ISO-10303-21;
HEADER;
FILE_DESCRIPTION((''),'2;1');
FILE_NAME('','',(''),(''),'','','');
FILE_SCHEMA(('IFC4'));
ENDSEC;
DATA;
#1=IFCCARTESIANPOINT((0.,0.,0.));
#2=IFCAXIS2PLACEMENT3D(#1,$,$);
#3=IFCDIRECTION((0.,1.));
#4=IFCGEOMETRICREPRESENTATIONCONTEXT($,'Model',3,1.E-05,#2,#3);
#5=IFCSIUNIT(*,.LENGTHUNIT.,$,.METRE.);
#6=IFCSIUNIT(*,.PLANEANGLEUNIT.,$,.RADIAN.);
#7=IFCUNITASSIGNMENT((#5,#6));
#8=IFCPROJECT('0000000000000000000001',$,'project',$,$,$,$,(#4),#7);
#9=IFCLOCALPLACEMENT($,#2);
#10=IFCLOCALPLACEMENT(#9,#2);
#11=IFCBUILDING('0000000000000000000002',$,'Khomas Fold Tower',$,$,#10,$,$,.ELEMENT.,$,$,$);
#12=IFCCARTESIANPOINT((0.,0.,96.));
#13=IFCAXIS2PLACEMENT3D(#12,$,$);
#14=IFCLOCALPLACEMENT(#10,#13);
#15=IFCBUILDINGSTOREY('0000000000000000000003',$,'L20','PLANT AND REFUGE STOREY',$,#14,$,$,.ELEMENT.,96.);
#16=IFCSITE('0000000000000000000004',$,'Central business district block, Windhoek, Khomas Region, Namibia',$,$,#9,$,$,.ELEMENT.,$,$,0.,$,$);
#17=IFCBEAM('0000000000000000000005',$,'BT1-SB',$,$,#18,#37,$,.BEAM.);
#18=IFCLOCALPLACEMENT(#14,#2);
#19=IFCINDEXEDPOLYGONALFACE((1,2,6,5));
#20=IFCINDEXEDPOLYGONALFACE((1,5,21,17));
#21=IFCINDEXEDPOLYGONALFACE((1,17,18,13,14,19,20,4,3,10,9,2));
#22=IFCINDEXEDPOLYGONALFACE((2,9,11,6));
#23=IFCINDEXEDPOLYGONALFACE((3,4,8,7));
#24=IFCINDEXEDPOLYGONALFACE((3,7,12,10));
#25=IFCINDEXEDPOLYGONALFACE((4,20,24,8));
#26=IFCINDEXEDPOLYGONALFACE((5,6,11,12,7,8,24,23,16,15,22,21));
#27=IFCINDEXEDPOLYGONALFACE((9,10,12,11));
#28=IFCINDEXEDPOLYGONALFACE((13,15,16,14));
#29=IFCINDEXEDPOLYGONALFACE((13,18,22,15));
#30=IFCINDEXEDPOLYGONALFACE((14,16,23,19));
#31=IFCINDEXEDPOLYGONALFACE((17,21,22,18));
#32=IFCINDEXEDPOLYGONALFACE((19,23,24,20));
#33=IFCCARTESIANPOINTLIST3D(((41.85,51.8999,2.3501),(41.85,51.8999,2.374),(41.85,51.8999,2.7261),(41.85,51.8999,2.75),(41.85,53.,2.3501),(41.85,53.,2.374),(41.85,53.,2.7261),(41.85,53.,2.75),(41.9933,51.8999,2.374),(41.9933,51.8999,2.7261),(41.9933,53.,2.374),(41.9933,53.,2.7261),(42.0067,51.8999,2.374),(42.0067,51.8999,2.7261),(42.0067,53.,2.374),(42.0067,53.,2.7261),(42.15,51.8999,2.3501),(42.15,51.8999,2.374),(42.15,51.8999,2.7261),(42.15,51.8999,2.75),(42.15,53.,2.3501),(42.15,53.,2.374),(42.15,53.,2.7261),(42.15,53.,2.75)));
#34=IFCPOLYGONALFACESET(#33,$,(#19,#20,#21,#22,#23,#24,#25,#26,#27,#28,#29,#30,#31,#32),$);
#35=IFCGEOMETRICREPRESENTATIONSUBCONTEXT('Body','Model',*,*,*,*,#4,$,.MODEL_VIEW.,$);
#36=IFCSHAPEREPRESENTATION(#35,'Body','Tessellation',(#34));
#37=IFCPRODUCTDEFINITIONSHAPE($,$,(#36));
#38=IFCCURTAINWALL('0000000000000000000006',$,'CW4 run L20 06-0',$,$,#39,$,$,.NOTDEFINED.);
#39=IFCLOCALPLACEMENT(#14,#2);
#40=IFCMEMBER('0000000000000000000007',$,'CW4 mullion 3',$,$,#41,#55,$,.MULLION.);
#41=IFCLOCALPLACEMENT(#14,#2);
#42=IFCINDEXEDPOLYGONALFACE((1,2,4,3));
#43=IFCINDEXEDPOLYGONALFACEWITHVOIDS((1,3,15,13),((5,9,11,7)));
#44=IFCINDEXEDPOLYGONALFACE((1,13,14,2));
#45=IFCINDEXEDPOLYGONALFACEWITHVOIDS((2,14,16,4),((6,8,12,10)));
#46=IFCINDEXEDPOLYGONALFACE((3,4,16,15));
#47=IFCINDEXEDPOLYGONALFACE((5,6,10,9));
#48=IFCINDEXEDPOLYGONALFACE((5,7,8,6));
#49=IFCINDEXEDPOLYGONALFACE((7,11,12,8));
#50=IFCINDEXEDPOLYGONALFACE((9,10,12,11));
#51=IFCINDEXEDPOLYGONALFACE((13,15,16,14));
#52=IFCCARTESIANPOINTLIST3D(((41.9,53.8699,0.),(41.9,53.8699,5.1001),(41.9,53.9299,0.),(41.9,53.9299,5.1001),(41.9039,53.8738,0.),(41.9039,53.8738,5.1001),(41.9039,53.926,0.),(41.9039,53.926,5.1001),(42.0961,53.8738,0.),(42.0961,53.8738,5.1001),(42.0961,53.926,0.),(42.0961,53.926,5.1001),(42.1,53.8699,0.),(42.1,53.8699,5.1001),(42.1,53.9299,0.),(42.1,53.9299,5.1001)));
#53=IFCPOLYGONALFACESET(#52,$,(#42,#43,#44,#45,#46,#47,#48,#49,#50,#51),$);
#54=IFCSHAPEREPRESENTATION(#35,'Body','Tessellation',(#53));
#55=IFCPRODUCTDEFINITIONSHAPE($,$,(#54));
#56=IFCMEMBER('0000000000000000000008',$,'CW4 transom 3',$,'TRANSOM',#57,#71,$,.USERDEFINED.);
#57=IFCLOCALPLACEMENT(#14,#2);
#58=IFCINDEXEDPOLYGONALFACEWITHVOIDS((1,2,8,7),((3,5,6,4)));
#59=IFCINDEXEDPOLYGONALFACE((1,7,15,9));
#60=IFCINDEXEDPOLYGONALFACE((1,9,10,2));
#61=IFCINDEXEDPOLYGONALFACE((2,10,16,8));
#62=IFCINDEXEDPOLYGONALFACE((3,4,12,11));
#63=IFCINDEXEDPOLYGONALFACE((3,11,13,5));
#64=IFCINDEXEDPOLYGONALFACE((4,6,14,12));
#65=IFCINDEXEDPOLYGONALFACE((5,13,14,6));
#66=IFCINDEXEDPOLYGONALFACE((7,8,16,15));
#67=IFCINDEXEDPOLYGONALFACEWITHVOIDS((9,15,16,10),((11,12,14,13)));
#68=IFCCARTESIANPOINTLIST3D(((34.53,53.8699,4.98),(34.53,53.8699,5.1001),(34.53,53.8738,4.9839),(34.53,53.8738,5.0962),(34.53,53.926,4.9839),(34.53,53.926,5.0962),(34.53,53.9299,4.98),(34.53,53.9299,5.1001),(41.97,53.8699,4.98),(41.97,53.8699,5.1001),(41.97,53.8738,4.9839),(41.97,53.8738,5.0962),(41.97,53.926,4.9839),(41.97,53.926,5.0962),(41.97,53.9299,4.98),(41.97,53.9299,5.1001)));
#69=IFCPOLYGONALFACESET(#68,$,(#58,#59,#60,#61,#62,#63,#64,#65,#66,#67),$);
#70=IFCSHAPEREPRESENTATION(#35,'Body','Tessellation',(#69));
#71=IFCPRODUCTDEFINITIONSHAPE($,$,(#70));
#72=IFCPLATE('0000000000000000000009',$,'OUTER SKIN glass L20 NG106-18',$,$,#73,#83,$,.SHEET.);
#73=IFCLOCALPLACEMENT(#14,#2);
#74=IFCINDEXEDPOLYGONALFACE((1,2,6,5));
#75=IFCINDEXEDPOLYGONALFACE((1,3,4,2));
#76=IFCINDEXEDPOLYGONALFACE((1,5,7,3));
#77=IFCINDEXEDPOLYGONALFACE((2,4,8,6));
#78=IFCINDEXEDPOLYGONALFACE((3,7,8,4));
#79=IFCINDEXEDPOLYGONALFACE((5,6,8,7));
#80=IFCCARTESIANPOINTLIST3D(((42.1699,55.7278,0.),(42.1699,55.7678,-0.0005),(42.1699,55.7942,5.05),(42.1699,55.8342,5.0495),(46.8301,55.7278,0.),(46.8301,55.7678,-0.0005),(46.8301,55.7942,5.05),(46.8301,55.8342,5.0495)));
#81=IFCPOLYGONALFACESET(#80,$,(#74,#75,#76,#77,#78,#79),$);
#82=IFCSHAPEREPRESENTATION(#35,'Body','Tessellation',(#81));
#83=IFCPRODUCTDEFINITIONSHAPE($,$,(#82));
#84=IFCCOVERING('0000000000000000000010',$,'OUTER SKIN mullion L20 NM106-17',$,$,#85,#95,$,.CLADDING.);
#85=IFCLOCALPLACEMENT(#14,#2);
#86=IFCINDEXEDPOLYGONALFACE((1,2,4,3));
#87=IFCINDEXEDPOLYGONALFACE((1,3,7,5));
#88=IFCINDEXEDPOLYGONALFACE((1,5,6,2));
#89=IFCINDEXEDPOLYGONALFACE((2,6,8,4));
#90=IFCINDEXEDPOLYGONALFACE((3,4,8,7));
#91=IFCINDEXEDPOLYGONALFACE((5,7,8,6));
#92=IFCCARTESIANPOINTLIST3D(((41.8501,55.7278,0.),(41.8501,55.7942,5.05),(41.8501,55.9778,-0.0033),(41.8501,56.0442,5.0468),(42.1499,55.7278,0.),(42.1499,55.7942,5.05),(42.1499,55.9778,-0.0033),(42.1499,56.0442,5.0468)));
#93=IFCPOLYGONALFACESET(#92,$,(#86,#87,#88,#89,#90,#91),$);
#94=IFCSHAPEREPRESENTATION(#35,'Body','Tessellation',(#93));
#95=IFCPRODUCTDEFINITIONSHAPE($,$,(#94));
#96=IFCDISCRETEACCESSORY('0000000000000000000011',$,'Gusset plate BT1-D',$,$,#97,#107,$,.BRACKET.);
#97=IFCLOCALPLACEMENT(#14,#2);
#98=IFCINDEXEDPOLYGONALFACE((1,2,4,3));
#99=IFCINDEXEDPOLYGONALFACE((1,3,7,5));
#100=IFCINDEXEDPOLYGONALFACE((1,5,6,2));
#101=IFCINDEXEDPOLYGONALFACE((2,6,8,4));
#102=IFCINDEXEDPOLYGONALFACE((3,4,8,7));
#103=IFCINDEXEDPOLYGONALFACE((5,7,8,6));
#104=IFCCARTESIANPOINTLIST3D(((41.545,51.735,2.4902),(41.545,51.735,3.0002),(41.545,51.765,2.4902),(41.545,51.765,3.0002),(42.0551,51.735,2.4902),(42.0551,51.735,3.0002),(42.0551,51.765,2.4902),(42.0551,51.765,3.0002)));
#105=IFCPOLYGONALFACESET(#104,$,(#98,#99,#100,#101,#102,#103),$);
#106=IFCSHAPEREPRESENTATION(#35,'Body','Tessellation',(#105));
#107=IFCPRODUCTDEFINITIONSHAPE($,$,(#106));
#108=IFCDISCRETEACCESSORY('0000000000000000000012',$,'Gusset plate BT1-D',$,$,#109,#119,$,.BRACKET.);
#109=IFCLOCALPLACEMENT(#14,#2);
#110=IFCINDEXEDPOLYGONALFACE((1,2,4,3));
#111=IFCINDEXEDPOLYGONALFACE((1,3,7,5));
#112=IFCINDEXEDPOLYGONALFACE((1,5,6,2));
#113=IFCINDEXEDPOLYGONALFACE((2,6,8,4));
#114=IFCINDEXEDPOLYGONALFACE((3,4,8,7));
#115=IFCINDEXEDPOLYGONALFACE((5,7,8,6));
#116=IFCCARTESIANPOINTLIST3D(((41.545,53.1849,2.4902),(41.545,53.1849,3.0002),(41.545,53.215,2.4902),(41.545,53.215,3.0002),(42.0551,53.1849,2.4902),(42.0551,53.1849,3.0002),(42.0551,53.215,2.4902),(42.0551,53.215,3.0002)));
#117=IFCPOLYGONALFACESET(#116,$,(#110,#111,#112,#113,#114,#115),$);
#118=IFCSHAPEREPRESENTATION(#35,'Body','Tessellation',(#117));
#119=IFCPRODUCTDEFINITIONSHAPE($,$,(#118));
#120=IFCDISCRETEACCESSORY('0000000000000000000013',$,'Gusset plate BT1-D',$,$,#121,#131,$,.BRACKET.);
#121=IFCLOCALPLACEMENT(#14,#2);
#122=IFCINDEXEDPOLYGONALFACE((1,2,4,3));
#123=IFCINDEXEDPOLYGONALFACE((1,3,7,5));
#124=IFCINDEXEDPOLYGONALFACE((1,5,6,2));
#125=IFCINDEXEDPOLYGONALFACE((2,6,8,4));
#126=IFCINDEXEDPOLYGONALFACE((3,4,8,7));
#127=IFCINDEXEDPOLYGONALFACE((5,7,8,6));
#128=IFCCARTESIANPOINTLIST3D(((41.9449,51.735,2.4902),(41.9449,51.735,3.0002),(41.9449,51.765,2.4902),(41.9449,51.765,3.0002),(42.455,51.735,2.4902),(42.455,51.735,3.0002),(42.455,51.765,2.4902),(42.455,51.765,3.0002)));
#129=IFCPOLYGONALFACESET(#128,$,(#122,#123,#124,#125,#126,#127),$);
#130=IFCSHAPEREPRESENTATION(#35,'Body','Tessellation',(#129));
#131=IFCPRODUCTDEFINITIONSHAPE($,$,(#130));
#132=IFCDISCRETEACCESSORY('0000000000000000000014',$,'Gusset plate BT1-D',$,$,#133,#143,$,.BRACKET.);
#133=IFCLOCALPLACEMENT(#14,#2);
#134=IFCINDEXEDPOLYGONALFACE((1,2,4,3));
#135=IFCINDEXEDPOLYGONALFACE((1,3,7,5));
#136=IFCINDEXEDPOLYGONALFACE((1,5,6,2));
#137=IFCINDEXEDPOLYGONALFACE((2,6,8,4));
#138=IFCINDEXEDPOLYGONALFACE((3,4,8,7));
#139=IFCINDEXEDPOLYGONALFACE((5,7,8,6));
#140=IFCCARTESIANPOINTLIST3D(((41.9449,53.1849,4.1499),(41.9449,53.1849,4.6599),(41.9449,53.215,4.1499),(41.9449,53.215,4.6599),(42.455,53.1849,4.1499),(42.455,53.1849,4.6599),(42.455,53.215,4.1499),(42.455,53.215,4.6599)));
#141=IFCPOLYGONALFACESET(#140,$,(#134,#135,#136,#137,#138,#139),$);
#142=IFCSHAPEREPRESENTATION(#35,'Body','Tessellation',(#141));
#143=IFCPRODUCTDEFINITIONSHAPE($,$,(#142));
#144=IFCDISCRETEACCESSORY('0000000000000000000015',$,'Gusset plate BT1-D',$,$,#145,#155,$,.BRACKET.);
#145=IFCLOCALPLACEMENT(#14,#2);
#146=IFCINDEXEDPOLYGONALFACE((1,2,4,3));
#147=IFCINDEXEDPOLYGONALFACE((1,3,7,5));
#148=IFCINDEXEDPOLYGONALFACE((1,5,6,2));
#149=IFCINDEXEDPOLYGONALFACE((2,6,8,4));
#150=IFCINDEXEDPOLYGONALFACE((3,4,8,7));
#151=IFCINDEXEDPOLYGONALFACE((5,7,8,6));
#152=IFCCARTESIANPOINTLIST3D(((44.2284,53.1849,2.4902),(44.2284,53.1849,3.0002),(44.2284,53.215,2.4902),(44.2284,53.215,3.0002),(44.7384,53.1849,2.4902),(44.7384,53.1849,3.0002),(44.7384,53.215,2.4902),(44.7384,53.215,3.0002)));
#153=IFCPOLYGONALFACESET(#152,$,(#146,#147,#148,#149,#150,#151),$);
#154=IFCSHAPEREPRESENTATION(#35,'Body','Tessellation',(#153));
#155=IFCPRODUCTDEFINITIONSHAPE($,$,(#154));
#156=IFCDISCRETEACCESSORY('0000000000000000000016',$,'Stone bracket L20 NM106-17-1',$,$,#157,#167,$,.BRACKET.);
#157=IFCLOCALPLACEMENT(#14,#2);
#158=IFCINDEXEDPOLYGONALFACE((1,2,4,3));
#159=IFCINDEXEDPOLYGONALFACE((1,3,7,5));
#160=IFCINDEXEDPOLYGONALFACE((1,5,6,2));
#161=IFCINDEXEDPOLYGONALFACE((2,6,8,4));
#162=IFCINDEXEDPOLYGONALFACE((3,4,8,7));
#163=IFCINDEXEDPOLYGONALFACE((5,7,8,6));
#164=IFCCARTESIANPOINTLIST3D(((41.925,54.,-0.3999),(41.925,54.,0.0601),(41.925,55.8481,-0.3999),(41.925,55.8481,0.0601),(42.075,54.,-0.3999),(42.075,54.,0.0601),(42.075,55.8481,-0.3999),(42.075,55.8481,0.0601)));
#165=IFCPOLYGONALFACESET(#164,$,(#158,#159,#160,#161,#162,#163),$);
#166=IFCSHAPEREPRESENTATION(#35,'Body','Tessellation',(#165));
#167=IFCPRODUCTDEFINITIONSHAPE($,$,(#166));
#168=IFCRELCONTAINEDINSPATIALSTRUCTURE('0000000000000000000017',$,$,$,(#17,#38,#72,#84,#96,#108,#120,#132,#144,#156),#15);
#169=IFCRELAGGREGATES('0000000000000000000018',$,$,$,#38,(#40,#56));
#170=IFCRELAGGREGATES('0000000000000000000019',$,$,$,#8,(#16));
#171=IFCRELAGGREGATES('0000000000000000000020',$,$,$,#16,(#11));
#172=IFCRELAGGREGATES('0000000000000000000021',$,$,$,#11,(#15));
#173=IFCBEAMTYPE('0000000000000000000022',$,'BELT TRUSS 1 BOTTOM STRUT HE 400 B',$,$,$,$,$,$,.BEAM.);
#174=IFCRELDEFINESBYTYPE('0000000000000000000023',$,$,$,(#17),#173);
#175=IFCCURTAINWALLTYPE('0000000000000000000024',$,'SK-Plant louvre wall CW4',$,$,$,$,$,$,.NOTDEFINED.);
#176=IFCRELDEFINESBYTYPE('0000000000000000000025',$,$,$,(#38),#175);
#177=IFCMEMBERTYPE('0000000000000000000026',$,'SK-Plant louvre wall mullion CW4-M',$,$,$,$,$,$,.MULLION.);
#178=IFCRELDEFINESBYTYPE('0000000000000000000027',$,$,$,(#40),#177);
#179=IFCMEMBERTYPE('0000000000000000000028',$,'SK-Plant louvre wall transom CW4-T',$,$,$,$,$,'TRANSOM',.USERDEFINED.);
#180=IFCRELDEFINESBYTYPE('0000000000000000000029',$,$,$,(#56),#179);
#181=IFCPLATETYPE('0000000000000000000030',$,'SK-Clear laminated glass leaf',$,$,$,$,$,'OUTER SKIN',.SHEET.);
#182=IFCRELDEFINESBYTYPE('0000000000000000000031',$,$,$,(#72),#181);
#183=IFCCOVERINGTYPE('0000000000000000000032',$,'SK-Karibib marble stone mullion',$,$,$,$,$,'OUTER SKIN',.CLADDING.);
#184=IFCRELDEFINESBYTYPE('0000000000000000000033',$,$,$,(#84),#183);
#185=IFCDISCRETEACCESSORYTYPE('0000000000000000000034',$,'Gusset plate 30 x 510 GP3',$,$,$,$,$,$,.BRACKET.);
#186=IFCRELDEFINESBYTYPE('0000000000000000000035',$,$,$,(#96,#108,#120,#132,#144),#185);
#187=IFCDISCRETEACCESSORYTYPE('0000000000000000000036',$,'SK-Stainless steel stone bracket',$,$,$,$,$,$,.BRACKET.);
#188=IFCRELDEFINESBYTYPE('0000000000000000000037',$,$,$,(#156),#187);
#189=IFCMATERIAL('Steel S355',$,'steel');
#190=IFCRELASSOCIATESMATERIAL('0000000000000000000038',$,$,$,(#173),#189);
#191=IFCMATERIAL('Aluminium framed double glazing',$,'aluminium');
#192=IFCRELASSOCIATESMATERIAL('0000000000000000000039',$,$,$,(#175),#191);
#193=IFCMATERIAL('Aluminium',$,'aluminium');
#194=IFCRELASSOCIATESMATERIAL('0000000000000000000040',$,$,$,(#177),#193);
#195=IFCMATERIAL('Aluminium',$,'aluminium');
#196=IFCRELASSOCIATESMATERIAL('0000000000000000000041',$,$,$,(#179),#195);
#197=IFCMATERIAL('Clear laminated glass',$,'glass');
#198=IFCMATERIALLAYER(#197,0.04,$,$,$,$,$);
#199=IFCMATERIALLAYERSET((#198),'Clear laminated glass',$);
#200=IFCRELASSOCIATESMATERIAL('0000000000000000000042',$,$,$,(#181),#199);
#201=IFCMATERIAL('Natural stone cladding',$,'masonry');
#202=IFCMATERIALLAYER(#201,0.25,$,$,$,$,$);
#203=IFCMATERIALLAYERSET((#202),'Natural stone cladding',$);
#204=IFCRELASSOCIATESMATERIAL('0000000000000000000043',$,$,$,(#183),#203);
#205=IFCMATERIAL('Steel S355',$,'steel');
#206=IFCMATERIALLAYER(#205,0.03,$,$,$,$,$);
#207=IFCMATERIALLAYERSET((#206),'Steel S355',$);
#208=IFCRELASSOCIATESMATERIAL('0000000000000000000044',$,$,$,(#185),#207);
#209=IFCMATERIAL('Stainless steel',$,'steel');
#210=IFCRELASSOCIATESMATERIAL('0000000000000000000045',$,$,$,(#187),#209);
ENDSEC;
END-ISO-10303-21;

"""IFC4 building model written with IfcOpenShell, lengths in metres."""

from ifc_helpers import new_model, si_unit, direction, frame, origin, origin_2d, place, context, subcontext, project, spatial, polyline, rectangle, hollow_rectangle, i_section, outline, extrude, source, transform, mapped, material, layer, layer_set, material_profile, profile_set, type_object, element, aggregate, save


model = new_model("IFC4")

# Units and contexts
model_context = context("Model", 3, precision=1e-05, world=origin(), true_north=direction((0.0, 1.0)))
body_context = subcontext(model_context, "Body", "Model", "MODEL_VIEW")
ifc_project = project(units=[si_unit("LENGTHUNIT", "METRE"), si_unit("PLANEANGLEUNIT", "RADIAN")], contexts=[model_context])

# Site, building, storey
site_placement = place(None, origin())
site = spatial("IfcSite", under=ifc_project, at=site_placement, Name="Central business district block, Windhoek, Khomas Region, Namibia", CompositionType="ELEMENT", RefElevation=0.0)
building_placement = place(site_placement, origin())
building = spatial("IfcBuilding", under=site, at=building_placement, Name="Khomas Fold Tower", CompositionType="ELEMENT")
storey_placement = place(building_placement, frame((0.0, 0.0, 96.0)))
storey = spatial("IfcBuildingStorey", under=building, at=storey_placement, Name="L20", Description="PLANT AND REFUGE STOREY", CompositionType="ELEMENT", Elevation=96.0)

# Beam
ifc_material_1 = material(Name="Steel S355", Category="steel")
ifc_material_profile_1 = material_profile(ifc_material_1, i_section(OverallWidth=0.3, OverallDepth=0.3999, WebThickness=0.0134, FlangeThickness=0.0239, at=origin_2d()), Name="HE 400 B")
ifc_profile_set_1 = profile_set([ifc_material_profile_1], Name="Steel S355")
beam_type_1 = type_object("IfcBeamType", Name="BELT TRUSS 1 BOTTOM STRUT HE 400 B", PredefinedType="BEAM", material=ifc_profile_set_1)
shared_shape_1 = source(origin(), body_context, "Body", "SweptSolid", [
    extrude(i_section(OverallWidth=0.3, OverallDepth=0.3999, WebThickness=0.0134, FlangeThickness=0.0239, at=origin_2d()), origin(), (0.0, 0.0, 1.0), 1.1001),
])
beam_1_placement = place(storey_placement, frame((42.0, 51.8999, 2.55), z_axis=(0.0, 1.0, 0.0), x_axis=(-1.0, 0.0, 0.0)))
element("IfcBeam", 1, at=beam_1_placement, inside=storey, type_object=beam_type_1, Name="BT1-SB", PredefinedType="BEAM", context=body_context, shape_type="MappedRepresentation", body=[
    mapped(shared_shape_1, transform((0.0, 0.0, 0.0))),
])

# Curtain wall, members
ifc_material_2 = material(Name="Aluminium framed double glazing", Category="aluminium")
curtain_wall_type = type_object("IfcCurtainWallType", Name="SK-Plant louvre wall CW4", PredefinedType="NOTDEFINED", material=ifc_material_2)
curtain_wall_placement = place(storey_placement, origin())
curtain_wall = element("IfcCurtainWall", 2, at=curtain_wall_placement, inside=storey, type_object=curtain_wall_type, Name="CW4 run L20 06-0", PredefinedType="NOTDEFINED")
ifc_material_3 = material(Name="Aluminium", Category="aluminium")
ifc_material_profile_2 = material_profile(ifc_material_3, hollow_rectangle(XDim=0.0601, YDim=0.2, WallThickness=0.0039, at=origin_2d()), Name="SK-Plant louvre wall mullion CW4-M")
ifc_profile_set_2 = profile_set([ifc_material_profile_2], Name="Aluminium")
member_type_1 = type_object("IfcMemberType", Name="SK-Plant louvre wall mullion CW4-M", PredefinedType="MULLION", material=ifc_profile_set_2)
shared_shape_2 = source(origin(), body_context, "Body", "SweptSolid", [
    extrude(hollow_rectangle(XDim=0.0601, YDim=0.2, WallThickness=0.0039, at=origin_2d()), origin(), (0.0, 0.0, 1.0), 5.1001),
])
member_1_placement = place(storey_placement, frame((42.0, 53.8999, 0.0), z_axis=(0.0, 0.0, 1.0), x_axis=(0.0, -1.0, 0.0)))
member_1 = element("IfcMember", 3, at=member_1_placement, type_object=member_type_1, Name="CW4 mullion 3", PredefinedType="MULLION", context=body_context, shape_type="MappedRepresentation", body=[
    mapped(shared_shape_2, transform((0.0, 0.0, 0.0))),
])
ifc_material_4 = material(Name="Aluminium", Category="aluminium")
ifc_material_profile_3 = material_profile(ifc_material_4, hollow_rectangle(XDim=0.0601, YDim=0.1201, WallThickness=0.0039, at=origin_2d()), Name="SK-Plant louvre wall transom CW4-T")
ifc_profile_set_3 = profile_set([ifc_material_profile_3], Name="Aluminium")
member_type_2 = type_object("IfcMemberType", Name="SK-Plant louvre wall transom CW4-T", ElementType="TRANSOM", PredefinedType="USERDEFINED", material=ifc_profile_set_3)
shared_shape_3 = source(origin(), body_context, "Body", "SweptSolid", [
    extrude(hollow_rectangle(XDim=0.0601, YDim=0.1201, WallThickness=0.0039, at=origin_2d()), origin(), (0.0, 0.0, 1.0), 7.4399),
])
member_2_placement = place(storey_placement, frame((41.97, 53.8999, 5.04), z_axis=(-1.0, 0.0, 0.0), x_axis=(0.0, -1.0, 0.0)))
member_2 = element("IfcMember", 4, at=member_2_placement, type_object=member_type_2, Name="CW4 transom 3", ObjectType="TRANSOM", PredefinedType="USERDEFINED", context=body_context, shape_type="MappedRepresentation", body=[
    mapped(shared_shape_3, transform((0.0, 0.0, 0.0))),
])
aggregate(curtain_wall, [member_1, member_2])

# Plate
ifc_material_5 = material(Name="Clear laminated glass", Category="glass")
ifc_layer_1 = layer(ifc_material_5, 0.04)
ifc_layer_set_1 = layer_set([ifc_layer_1], Name="Clear laminated glass")
plate_type = type_object("IfcPlateType", Name="SK-Clear laminated glass leaf", ElementType="OUTER SKIN", PredefinedType="SHEET", material=ifc_layer_set_1)
plate_placement = place(storey_placement, frame((42.1699, 55.7278, 0.0), z_axis=(0.0, -0.999914, 0.013148), x_axis=(0.0, 0.013148, 0.999914)))
element("IfcPlate", 5, at=plate_placement, inside=storey, type_object=plate_type, Name="OUTER SKIN glass L20 NG106-18", PredefinedType="SHEET", context=body_context, shape_type="SweptSolid", body=[
    extrude(outline(polyline([(0.0, 0.0), (5.0505, 0.0), (5.0505, -4.6602), (0.0, -4.6602), (0.0, 0.0)])), origin(), (0.0, 0.0, -1.0), 0.04),
])

# Covering
ifc_material_6 = material(Name="Natural stone cladding", Category="masonry")
ifc_layer_2 = layer(ifc_material_6, 0.25)
ifc_layer_set_2 = layer_set([ifc_layer_2], Name="Natural stone cladding")
covering_type = type_object("IfcCoveringType", Name="SK-Karibib marble stone mullion", ElementType="OUTER SKIN", PredefinedType="CLADDING", material=ifc_layer_set_2)
covering_placement = place(storey_placement, frame((41.8501, 55.7278, 0.0), z_axis=(0.0, -0.999914, 0.013148), x_axis=(0.0, 0.013148, 0.999914)))
element("IfcCovering", 6, at=covering_placement, inside=storey, type_object=covering_type, Name="OUTER SKIN mullion L20 NM106-17", PredefinedType="CLADDING", context=body_context, shape_type="SweptSolid", body=[
    extrude(outline(polyline([(0.0, 0.0), (5.0505, 0.0), (5.0505, -0.2998), (0.0, -0.2998), (0.0, 0.0)])), origin(), (0.0, 0.0, -1.0), 0.25),
])

# Discrete accessories
ifc_material_7 = material(Name="Steel S355", Category="steel")
ifc_layer_3 = layer(ifc_material_7, 0.03)
ifc_layer_set_3 = layer_set([ifc_layer_3], Name="Steel S355")
discrete_accessory_type_1 = type_object("IfcDiscreteAccessoryType", Name="Gusset plate 30 x 510 GP3", PredefinedType="BRACKET", material=ifc_layer_set_3)
shared_shape_4 = source(origin(), body_context, "Body", "SweptSolid", [
    extrude(rectangle(XDim=0.51, YDim=0.03, at=origin_2d()), origin(), (0.0, 0.0, 1.0), 0.51),
])
for number, where, z_axis, x_axis, name in (
    (7, (41.8, 51.75, 2.4902), (0.0, 0.0, 1.0), (1.0, 0.0, 0.0), "Gusset plate BT1-D"),
    (8, (41.8, 53.2, 2.4902), (0.0, 0.0, 1.0), (1.0, 0.0, 0.0), "Gusset plate BT1-D"),
    (9, (42.2, 51.75, 2.4902), (0.0, 0.0, 1.0), (1.0, 0.0, 0.0), "Gusset plate BT1-D"),
    (10, (42.2, 53.2, 4.1499), (0.0, 0.0, 1.0), (1.0, 0.0, 0.0), "Gusset plate BT1-D"),
    (11, (44.4834, 53.2, 2.4902), (0.0, 0.0, 1.0), (1.0, 0.0, 0.0), "Gusset plate BT1-D"),
):
    element("IfcDiscreteAccessory", number, at=place(storey_placement, frame(where, z_axis=z_axis, x_axis=x_axis)), inside=storey, type_object=discrete_accessory_type_1, Name=name, PredefinedType="BRACKET", context=body_context, shape_type="MappedRepresentation", body=[
        mapped(shared_shape_4, transform((0.0, 0.0, 0.0))),
    ])
ifc_material_8 = material(Name="Stainless steel", Category="steel")
discrete_accessory_type_2 = type_object("IfcDiscreteAccessoryType", Name="SK-Stainless steel stone bracket", PredefinedType="BRACKET", material=ifc_material_8)
shared_shape_5 = source(origin(), body_context, "Body", "SweptSolid", [
    extrude(rectangle(XDim=1.8481, YDim=0.1499, at=origin_2d()), origin(), (0.0, 0.0, 1.0), 0.46),
])
discrete_accessory_placement = place(storey_placement, frame((42.0, 54.9241, -0.3999), z_axis=(0.0, 0.0, 1.0), x_axis=(0.0, 1.0, 0.0)))
element("IfcDiscreteAccessory", 12, at=discrete_accessory_placement, inside=storey, type_object=discrete_accessory_type_2, Name="Stone bracket L20 NM106-17-1", PredefinedType="BRACKET", context=body_context, shape_type="MappedRepresentation", body=[
    mapped(shared_shape_5, transform((0.0, 0.0, 0.0))),
])

save(model, "model.ifc")
